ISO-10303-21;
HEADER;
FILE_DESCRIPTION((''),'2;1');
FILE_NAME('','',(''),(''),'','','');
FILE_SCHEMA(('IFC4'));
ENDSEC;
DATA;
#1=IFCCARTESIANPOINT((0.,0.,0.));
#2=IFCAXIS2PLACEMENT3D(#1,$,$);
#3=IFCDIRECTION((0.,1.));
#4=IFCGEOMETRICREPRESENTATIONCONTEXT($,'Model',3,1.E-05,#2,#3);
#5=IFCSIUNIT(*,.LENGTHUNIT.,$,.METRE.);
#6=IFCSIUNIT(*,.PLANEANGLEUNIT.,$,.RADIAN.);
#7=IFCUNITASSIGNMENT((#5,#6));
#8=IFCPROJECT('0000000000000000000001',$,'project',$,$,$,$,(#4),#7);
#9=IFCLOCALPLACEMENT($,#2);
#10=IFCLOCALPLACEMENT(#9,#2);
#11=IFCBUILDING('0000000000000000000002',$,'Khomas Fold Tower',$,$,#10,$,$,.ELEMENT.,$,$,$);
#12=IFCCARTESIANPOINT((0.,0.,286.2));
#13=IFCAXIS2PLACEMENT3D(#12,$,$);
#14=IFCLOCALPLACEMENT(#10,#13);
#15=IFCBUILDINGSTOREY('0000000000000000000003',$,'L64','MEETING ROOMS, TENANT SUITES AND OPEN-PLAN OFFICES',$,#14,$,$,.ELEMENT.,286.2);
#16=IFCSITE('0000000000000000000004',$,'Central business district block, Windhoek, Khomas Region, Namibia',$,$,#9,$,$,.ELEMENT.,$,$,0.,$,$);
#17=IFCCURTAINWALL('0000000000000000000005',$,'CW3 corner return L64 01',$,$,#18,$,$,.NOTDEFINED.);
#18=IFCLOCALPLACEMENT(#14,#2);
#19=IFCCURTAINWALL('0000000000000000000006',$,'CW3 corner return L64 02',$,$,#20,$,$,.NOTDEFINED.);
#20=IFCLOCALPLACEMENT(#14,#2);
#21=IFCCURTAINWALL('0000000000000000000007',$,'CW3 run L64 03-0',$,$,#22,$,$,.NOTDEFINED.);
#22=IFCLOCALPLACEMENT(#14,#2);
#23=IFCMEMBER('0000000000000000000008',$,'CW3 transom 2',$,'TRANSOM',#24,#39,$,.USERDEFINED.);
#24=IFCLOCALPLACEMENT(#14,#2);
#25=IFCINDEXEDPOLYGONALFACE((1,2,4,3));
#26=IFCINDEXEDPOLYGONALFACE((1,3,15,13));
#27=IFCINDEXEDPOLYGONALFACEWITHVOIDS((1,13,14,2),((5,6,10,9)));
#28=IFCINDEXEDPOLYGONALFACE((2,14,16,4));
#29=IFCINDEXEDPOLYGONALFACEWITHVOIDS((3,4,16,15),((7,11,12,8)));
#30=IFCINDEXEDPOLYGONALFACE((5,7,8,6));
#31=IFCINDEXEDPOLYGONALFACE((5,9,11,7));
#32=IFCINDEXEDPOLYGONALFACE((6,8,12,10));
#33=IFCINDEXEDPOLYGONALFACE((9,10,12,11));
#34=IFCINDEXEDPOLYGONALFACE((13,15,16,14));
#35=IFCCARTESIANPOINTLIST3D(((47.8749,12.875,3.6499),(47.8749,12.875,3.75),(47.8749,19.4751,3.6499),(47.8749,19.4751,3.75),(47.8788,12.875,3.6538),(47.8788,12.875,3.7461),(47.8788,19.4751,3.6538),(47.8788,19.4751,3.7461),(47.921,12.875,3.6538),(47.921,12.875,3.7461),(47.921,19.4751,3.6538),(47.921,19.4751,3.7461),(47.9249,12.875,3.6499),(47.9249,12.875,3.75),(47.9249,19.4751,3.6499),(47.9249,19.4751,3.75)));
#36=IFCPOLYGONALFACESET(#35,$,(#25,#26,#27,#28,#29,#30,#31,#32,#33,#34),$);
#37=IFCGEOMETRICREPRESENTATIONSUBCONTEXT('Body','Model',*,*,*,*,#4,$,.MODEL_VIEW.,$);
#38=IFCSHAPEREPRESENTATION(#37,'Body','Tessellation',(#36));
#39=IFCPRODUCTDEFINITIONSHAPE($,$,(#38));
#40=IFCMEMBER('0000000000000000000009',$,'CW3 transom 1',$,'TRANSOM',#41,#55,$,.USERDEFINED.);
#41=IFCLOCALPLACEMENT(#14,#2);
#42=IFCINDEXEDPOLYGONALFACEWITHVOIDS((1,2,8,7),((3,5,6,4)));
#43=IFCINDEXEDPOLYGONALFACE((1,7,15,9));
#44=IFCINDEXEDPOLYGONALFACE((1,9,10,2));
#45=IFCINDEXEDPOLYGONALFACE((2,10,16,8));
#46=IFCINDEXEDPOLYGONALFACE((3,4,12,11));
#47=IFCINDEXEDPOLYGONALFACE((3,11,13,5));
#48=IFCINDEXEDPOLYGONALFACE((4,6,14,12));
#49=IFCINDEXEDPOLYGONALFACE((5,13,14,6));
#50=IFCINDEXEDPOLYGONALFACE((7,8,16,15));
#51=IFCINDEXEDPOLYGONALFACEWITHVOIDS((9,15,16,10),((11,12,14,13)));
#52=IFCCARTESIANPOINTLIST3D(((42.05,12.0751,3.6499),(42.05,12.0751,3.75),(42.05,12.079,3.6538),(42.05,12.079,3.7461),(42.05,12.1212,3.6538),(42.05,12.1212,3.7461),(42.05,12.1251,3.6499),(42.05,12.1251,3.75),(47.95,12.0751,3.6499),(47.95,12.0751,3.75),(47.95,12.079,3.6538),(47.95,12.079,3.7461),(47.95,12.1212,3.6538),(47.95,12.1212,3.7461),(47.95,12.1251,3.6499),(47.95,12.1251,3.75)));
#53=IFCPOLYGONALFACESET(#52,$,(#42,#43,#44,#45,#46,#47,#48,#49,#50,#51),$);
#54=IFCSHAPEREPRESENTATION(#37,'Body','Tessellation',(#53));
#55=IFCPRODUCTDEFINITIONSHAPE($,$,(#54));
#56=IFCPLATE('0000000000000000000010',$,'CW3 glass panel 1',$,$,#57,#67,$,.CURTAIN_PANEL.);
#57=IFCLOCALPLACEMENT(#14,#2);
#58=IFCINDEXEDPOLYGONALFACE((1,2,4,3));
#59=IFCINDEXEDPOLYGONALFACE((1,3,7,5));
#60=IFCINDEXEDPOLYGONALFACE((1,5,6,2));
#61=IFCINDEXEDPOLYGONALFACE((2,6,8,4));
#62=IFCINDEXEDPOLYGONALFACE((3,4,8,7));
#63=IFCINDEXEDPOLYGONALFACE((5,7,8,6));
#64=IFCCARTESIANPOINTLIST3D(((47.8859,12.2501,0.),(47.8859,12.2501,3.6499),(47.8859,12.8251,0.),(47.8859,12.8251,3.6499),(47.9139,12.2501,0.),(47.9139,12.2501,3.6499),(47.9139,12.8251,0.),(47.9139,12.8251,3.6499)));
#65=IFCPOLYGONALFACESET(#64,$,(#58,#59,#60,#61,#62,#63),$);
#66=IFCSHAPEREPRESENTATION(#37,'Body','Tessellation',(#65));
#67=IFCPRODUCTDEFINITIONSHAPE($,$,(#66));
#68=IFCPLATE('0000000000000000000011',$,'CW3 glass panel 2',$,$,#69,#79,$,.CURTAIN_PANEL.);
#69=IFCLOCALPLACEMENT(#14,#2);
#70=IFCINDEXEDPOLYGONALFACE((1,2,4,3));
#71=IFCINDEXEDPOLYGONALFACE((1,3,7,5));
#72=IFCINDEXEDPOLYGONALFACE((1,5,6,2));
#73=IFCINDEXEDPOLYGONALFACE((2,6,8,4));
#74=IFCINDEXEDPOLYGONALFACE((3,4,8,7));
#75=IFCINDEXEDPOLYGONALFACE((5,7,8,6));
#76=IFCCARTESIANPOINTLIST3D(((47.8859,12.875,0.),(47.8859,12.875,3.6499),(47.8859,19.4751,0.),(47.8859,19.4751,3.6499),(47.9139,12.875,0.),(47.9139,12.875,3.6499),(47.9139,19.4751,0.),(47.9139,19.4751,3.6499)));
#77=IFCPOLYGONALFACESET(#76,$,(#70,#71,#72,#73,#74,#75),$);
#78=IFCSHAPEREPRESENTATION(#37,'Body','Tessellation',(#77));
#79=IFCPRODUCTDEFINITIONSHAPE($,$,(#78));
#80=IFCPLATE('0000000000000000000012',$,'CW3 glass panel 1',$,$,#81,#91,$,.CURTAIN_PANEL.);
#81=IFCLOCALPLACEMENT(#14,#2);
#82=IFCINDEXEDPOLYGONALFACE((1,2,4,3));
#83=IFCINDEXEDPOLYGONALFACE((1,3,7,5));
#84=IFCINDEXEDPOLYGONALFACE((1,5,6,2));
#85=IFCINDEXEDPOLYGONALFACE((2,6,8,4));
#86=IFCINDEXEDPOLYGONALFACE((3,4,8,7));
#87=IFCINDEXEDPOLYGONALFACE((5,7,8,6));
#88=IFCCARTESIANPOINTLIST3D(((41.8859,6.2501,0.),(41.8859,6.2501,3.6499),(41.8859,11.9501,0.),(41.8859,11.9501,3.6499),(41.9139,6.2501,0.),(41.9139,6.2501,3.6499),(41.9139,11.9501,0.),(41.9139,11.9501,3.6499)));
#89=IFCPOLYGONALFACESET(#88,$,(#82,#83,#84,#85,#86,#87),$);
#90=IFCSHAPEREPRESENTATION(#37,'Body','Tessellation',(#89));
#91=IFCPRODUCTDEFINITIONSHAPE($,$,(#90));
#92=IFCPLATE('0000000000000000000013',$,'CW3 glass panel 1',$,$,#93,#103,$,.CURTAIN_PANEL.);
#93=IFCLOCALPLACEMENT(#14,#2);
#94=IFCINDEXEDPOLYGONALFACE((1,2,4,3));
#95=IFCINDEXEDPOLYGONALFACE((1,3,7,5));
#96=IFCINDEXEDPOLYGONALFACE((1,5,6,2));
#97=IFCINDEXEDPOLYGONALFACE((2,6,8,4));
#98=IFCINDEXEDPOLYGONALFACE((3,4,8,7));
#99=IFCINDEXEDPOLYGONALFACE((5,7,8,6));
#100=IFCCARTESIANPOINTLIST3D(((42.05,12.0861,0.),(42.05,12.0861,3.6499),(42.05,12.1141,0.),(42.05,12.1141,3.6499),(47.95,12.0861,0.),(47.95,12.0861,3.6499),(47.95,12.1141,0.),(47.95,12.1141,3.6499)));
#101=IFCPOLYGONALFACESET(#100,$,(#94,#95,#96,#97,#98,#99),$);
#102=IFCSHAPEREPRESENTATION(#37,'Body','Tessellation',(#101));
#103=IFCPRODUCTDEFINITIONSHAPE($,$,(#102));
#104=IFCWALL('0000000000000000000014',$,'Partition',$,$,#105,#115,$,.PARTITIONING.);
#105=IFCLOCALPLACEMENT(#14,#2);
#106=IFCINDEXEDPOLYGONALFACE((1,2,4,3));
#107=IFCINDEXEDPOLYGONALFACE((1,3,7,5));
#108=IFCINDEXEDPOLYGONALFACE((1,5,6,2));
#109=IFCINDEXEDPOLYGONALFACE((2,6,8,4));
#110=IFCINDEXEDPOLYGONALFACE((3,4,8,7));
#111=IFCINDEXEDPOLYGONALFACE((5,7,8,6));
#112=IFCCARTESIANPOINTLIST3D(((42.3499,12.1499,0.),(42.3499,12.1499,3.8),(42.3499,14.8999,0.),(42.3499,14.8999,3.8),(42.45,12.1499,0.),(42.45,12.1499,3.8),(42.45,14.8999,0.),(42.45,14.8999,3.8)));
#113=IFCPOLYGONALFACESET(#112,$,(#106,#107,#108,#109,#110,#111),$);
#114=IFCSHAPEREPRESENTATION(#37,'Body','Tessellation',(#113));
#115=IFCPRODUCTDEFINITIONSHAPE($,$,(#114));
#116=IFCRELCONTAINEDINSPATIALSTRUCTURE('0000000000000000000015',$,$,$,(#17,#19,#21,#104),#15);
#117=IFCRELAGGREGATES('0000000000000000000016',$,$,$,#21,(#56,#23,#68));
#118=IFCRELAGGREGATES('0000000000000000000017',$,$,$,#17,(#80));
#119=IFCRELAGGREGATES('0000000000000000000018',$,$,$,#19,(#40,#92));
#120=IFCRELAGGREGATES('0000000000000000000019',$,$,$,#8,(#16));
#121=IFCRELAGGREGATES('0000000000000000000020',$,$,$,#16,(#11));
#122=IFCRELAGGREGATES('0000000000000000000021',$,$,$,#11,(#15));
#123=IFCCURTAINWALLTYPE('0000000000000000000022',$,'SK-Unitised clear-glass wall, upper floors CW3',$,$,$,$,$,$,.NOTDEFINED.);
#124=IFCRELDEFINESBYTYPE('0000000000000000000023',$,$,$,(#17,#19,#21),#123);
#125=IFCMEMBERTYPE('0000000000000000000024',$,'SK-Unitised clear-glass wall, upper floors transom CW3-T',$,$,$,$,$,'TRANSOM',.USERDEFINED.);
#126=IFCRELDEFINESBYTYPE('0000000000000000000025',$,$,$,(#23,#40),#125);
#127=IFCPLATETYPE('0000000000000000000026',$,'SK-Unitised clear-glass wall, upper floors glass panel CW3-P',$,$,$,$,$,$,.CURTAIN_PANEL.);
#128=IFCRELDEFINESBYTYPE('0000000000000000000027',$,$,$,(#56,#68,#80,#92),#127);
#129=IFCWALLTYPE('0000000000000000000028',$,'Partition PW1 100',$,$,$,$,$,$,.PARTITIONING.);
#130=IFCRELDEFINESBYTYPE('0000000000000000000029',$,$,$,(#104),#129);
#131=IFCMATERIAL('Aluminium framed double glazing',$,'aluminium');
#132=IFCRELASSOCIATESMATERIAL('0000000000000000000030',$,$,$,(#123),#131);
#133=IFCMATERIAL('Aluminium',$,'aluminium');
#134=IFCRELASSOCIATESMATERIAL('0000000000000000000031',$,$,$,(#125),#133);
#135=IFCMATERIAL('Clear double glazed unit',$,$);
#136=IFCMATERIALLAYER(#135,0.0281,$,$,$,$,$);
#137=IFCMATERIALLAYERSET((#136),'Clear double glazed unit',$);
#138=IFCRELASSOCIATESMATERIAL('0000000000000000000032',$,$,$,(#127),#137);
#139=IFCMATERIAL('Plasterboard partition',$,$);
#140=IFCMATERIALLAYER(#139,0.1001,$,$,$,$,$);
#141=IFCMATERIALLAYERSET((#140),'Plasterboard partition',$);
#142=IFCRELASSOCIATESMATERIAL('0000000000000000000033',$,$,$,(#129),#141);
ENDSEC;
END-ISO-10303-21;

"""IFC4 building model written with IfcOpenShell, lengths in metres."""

from ifc_helpers import new_model, si_unit, direction, frame, frame_2d, origin, origin_2d, place, context, subcontext, project, spatial, rectangle, hollow_rectangle, extrude, source, transform, mapped, material, layer, layer_set, material_profile, profile_set, type_object, element, aggregate, save


model = new_model("IFC4")

# Units and contexts
model_context = context("Model", 3, precision=1e-05, world=origin(), true_north=direction((0.0, 1.0)))
body_context = subcontext(model_context, "Body", "Model", "MODEL_VIEW")
ifc_project = project(units=[si_unit("LENGTHUNIT", "METRE"), si_unit("PLANEANGLEUNIT", "RADIAN")], contexts=[model_context])

# Site, building, storey
site_placement = place(None, origin())
site = spatial("IfcSite", under=ifc_project, at=site_placement, Name="Central business district block, Windhoek, Khomas Region, Namibia", CompositionType="ELEMENT", RefElevation=0.0)
building_placement = place(site_placement, origin())
building = spatial("IfcBuilding", under=site, at=building_placement, Name="Khomas Fold Tower", CompositionType="ELEMENT")
storey_placement = place(building_placement, frame((0.0, 0.0, 286.2)))
storey = spatial("IfcBuildingStorey", under=building, at=storey_placement, Name="L64", Description="MEETING ROOMS, TENANT SUITES AND OPEN-PLAN OFFICES", CompositionType="ELEMENT", Elevation=286.2)

# Curtain wall
ifc_material_1 = material(Name="Aluminium framed double glazing", Category="aluminium")
curtain_wall_type = type_object("IfcCurtainWallType", Name="SK-Unitised clear-glass wall, upper floors CW3", PredefinedType="NOTDEFINED", material=ifc_material_1)
curtain_wall_1_placement = place(storey_placement, origin())
curtain_wall_1 = element("IfcCurtainWall", 1, at=curtain_wall_1_placement, inside=storey, type_object=curtain_wall_type, Name="CW3 corner return L64 01", PredefinedType="NOTDEFINED")

# Curtain walls, member
curtain_wall_2_placement = place(storey_placement, origin())
curtain_wall_2 = element("IfcCurtainWall", 2, at=curtain_wall_2_placement, inside=storey, type_object=curtain_wall_type, Name="CW3 corner return L64 02", PredefinedType="NOTDEFINED")
curtain_wall_3_placement = place(storey_placement, origin())
curtain_wall_3 = element("IfcCurtainWall", 3, at=curtain_wall_3_placement, inside=storey, type_object=curtain_wall_type, Name="CW3 run L64 03-0", PredefinedType="NOTDEFINED")
ifc_material_2 = material(Name="Aluminium", Category="aluminium")
ifc_material_profile_1 = material_profile(ifc_material_2, hollow_rectangle(XDim=0.05, YDim=0.1001, WallThickness=0.0039, at=origin_2d()), Name="SK-Unitised clear-glass wall, upper floors transom CW3-T")
ifc_profile_set_1 = profile_set([ifc_material_profile_1], Name="Aluminium")
member_type_1 = type_object("IfcMemberType", Name="SK-Unitised clear-glass wall, upper floors transom CW3-T", ElementType="TRANSOM", PredefinedType="USERDEFINED", material=ifc_profile_set_1)
shared_shape_1 = source(origin(), body_context, "Body", "SweptSolid", [
    extrude(hollow_rectangle(XDim=0.05, YDim=0.1001, WallThickness=0.0039, at=origin_2d()), origin(), (0.0, 0.0, 1.0), 6.6001),
])
member_1_placement = place(storey_placement, frame((47.8999, 12.875, 3.7), z_axis=(0.0, 1.0, 0.0), x_axis=(-1.0, 0.0, 0.0)))
member_1 = element("IfcMember", 4, at=member_1_placement, type_object=member_type_1, Name="CW3 transom 2", ObjectType="TRANSOM", PredefinedType="USERDEFINED", context=body_context, shape_type="MappedRepresentation", body=[
    mapped(shared_shape_1, transform((0.0, 0.0, 0.0))),
])

# Member
shared_shape_2 = source(origin(), body_context, "Body", "SweptSolid", [
    extrude(hollow_rectangle(XDim=0.05, YDim=0.1001, WallThickness=0.0039, at=origin_2d()), origin(), (0.0, 0.0, 1.0), 5.8999),
])
member_2_placement = place(storey_placement, frame((42.05, 12.1001, 3.7), z_axis=(1.0, 0.0, 0.0), x_axis=(0.0, 1.0, 0.0)))
member_2 = element("IfcMember", 5, at=member_2_placement, type_object=member_type_1, Name="CW3 transom 1", ObjectType="TRANSOM", PredefinedType="USERDEFINED", context=body_context, shape_type="MappedRepresentation", body=[
    mapped(shared_shape_2, transform((0.0, 0.0, 0.0))),
])

# Plates
ifc_material_3 = material(Name="Clear double glazed unit")
ifc_layer_1 = layer(ifc_material_3, 0.0281)
ifc_layer_set_1 = layer_set([ifc_layer_1], Name="Clear double glazed unit")
plate_type = type_object("IfcPlateType", Name="SK-Unitised clear-glass wall, upper floors glass panel CW3-P", PredefinedType="CURTAIN_PANEL", material=ifc_layer_set_1)
shared_shape_3 = source(origin(), body_context, "Body", "SweptSolid", [
    extrude(rectangle(XDim=0.575, YDim=0.0281, at=origin_2d()), origin(), (0.0, 0.0, 1.0), 3.6499),
])
plate_1_placement = place(storey_placement, frame((47.8999, 12.5376, 0.0), z_axis=(0.0, 0.0, 1.0), x_axis=(0.0, 1.0, 0.0)))
plate_1 = element("IfcPlate", 6, at=plate_1_placement, type_object=plate_type, Name="CW3 glass panel 1", PredefinedType="CURTAIN_PANEL", context=body_context, shape_type="MappedRepresentation", body=[
    mapped(shared_shape_3, transform((0.0, 0.0, 0.0))),
])
shared_shape_4 = source(origin(), body_context, "Body", "SweptSolid", [
    extrude(rectangle(XDim=6.6001, YDim=0.0281, at=origin_2d()), origin(), (0.0, 0.0, 1.0), 3.6499),
])
plate_2_placement = place(storey_placement, frame((47.8999, 16.175, 0.0), z_axis=(0.0, 0.0, 1.0), x_axis=(0.0, 1.0, 0.0)))
plate_2 = element("IfcPlate", 7, at=plate_2_placement, type_object=plate_type, Name="CW3 glass panel 2", PredefinedType="CURTAIN_PANEL", context=body_context, shape_type="MappedRepresentation", body=[
    mapped(shared_shape_4, transform((0.0, 0.0, 0.0))),
])
aggregate(curtain_wall_3, [plate_1, member_1, plate_2])
shared_shape_5 = source(origin(), body_context, "Body", "SweptSolid", [
    extrude(rectangle(XDim=5.7, YDim=0.0281, at=origin_2d()), origin(), (0.0, 0.0, 1.0), 3.6499),
])
plate_3_placement = place(storey_placement, frame((41.8999, 9.1001, 0.0), z_axis=(0.0, 0.0, 1.0), x_axis=(0.0, 1.0, 0.0)))
plate_3 = element("IfcPlate", 8, at=plate_3_placement, type_object=plate_type, Name="CW3 glass panel 1", PredefinedType="CURTAIN_PANEL", context=body_context, shape_type="MappedRepresentation", body=[
    mapped(shared_shape_5, transform((0.0, 0.0, 0.0))),
])
aggregate(curtain_wall_1, [plate_3])
shared_shape_6 = source(origin(), body_context, "Body", "SweptSolid", [
    extrude(rectangle(XDim=5.8999, YDim=0.0281, at=origin_2d()), origin(), (0.0, 0.0, 1.0), 3.6499),
])
plate_4_placement = place(storey_placement, frame((45.0, 12.1001, 0.0), z_axis=(0.0, 0.0, 1.0), x_axis=(1.0, 0.0, 0.0)))
plate_4 = element("IfcPlate", 9, at=plate_4_placement, type_object=plate_type, Name="CW3 glass panel 1", PredefinedType="CURTAIN_PANEL", context=body_context, shape_type="MappedRepresentation", body=[
    mapped(shared_shape_6, transform((0.0, 0.0, 0.0))),
])
aggregate(curtain_wall_2, [member_2, plate_4])

# Wall
ifc_material_4 = material(Name="Plasterboard partition")
ifc_layer_2 = layer(ifc_material_4, 0.1001)
ifc_layer_set_2 = layer_set([ifc_layer_2], Name="Plasterboard partition")
wall_type_1 = type_object("IfcWallType", Name="Partition PW1 100", PredefinedType="PARTITIONING", material=ifc_layer_set_2)
shared_shape_7 = source(origin(), body_context, "Body", "SweptSolid", [
    extrude(rectangle(XDim=2.75, YDim=0.1001, at=frame_2d((1.375, 0.0))), origin(), (0.0, 0.0, 1.0), 3.8),
])
wall_1_placement = place(storey_placement, frame((42.3999, 12.1499, 0.0), z_axis=(0.0, 0.0, 1.0), x_axis=(0.0, 1.0, 0.0)))
element("IfcWall", 10, at=wall_1_placement, inside=storey, type_object=wall_type_1, Name="Partition", PredefinedType="PARTITIONING", context=body_context, shape_type="MappedRepresentation", body=[
    mapped(shared_shape_7, transform((0.0, 0.0, 0.0))),
])

save(model, "model.ifc")
